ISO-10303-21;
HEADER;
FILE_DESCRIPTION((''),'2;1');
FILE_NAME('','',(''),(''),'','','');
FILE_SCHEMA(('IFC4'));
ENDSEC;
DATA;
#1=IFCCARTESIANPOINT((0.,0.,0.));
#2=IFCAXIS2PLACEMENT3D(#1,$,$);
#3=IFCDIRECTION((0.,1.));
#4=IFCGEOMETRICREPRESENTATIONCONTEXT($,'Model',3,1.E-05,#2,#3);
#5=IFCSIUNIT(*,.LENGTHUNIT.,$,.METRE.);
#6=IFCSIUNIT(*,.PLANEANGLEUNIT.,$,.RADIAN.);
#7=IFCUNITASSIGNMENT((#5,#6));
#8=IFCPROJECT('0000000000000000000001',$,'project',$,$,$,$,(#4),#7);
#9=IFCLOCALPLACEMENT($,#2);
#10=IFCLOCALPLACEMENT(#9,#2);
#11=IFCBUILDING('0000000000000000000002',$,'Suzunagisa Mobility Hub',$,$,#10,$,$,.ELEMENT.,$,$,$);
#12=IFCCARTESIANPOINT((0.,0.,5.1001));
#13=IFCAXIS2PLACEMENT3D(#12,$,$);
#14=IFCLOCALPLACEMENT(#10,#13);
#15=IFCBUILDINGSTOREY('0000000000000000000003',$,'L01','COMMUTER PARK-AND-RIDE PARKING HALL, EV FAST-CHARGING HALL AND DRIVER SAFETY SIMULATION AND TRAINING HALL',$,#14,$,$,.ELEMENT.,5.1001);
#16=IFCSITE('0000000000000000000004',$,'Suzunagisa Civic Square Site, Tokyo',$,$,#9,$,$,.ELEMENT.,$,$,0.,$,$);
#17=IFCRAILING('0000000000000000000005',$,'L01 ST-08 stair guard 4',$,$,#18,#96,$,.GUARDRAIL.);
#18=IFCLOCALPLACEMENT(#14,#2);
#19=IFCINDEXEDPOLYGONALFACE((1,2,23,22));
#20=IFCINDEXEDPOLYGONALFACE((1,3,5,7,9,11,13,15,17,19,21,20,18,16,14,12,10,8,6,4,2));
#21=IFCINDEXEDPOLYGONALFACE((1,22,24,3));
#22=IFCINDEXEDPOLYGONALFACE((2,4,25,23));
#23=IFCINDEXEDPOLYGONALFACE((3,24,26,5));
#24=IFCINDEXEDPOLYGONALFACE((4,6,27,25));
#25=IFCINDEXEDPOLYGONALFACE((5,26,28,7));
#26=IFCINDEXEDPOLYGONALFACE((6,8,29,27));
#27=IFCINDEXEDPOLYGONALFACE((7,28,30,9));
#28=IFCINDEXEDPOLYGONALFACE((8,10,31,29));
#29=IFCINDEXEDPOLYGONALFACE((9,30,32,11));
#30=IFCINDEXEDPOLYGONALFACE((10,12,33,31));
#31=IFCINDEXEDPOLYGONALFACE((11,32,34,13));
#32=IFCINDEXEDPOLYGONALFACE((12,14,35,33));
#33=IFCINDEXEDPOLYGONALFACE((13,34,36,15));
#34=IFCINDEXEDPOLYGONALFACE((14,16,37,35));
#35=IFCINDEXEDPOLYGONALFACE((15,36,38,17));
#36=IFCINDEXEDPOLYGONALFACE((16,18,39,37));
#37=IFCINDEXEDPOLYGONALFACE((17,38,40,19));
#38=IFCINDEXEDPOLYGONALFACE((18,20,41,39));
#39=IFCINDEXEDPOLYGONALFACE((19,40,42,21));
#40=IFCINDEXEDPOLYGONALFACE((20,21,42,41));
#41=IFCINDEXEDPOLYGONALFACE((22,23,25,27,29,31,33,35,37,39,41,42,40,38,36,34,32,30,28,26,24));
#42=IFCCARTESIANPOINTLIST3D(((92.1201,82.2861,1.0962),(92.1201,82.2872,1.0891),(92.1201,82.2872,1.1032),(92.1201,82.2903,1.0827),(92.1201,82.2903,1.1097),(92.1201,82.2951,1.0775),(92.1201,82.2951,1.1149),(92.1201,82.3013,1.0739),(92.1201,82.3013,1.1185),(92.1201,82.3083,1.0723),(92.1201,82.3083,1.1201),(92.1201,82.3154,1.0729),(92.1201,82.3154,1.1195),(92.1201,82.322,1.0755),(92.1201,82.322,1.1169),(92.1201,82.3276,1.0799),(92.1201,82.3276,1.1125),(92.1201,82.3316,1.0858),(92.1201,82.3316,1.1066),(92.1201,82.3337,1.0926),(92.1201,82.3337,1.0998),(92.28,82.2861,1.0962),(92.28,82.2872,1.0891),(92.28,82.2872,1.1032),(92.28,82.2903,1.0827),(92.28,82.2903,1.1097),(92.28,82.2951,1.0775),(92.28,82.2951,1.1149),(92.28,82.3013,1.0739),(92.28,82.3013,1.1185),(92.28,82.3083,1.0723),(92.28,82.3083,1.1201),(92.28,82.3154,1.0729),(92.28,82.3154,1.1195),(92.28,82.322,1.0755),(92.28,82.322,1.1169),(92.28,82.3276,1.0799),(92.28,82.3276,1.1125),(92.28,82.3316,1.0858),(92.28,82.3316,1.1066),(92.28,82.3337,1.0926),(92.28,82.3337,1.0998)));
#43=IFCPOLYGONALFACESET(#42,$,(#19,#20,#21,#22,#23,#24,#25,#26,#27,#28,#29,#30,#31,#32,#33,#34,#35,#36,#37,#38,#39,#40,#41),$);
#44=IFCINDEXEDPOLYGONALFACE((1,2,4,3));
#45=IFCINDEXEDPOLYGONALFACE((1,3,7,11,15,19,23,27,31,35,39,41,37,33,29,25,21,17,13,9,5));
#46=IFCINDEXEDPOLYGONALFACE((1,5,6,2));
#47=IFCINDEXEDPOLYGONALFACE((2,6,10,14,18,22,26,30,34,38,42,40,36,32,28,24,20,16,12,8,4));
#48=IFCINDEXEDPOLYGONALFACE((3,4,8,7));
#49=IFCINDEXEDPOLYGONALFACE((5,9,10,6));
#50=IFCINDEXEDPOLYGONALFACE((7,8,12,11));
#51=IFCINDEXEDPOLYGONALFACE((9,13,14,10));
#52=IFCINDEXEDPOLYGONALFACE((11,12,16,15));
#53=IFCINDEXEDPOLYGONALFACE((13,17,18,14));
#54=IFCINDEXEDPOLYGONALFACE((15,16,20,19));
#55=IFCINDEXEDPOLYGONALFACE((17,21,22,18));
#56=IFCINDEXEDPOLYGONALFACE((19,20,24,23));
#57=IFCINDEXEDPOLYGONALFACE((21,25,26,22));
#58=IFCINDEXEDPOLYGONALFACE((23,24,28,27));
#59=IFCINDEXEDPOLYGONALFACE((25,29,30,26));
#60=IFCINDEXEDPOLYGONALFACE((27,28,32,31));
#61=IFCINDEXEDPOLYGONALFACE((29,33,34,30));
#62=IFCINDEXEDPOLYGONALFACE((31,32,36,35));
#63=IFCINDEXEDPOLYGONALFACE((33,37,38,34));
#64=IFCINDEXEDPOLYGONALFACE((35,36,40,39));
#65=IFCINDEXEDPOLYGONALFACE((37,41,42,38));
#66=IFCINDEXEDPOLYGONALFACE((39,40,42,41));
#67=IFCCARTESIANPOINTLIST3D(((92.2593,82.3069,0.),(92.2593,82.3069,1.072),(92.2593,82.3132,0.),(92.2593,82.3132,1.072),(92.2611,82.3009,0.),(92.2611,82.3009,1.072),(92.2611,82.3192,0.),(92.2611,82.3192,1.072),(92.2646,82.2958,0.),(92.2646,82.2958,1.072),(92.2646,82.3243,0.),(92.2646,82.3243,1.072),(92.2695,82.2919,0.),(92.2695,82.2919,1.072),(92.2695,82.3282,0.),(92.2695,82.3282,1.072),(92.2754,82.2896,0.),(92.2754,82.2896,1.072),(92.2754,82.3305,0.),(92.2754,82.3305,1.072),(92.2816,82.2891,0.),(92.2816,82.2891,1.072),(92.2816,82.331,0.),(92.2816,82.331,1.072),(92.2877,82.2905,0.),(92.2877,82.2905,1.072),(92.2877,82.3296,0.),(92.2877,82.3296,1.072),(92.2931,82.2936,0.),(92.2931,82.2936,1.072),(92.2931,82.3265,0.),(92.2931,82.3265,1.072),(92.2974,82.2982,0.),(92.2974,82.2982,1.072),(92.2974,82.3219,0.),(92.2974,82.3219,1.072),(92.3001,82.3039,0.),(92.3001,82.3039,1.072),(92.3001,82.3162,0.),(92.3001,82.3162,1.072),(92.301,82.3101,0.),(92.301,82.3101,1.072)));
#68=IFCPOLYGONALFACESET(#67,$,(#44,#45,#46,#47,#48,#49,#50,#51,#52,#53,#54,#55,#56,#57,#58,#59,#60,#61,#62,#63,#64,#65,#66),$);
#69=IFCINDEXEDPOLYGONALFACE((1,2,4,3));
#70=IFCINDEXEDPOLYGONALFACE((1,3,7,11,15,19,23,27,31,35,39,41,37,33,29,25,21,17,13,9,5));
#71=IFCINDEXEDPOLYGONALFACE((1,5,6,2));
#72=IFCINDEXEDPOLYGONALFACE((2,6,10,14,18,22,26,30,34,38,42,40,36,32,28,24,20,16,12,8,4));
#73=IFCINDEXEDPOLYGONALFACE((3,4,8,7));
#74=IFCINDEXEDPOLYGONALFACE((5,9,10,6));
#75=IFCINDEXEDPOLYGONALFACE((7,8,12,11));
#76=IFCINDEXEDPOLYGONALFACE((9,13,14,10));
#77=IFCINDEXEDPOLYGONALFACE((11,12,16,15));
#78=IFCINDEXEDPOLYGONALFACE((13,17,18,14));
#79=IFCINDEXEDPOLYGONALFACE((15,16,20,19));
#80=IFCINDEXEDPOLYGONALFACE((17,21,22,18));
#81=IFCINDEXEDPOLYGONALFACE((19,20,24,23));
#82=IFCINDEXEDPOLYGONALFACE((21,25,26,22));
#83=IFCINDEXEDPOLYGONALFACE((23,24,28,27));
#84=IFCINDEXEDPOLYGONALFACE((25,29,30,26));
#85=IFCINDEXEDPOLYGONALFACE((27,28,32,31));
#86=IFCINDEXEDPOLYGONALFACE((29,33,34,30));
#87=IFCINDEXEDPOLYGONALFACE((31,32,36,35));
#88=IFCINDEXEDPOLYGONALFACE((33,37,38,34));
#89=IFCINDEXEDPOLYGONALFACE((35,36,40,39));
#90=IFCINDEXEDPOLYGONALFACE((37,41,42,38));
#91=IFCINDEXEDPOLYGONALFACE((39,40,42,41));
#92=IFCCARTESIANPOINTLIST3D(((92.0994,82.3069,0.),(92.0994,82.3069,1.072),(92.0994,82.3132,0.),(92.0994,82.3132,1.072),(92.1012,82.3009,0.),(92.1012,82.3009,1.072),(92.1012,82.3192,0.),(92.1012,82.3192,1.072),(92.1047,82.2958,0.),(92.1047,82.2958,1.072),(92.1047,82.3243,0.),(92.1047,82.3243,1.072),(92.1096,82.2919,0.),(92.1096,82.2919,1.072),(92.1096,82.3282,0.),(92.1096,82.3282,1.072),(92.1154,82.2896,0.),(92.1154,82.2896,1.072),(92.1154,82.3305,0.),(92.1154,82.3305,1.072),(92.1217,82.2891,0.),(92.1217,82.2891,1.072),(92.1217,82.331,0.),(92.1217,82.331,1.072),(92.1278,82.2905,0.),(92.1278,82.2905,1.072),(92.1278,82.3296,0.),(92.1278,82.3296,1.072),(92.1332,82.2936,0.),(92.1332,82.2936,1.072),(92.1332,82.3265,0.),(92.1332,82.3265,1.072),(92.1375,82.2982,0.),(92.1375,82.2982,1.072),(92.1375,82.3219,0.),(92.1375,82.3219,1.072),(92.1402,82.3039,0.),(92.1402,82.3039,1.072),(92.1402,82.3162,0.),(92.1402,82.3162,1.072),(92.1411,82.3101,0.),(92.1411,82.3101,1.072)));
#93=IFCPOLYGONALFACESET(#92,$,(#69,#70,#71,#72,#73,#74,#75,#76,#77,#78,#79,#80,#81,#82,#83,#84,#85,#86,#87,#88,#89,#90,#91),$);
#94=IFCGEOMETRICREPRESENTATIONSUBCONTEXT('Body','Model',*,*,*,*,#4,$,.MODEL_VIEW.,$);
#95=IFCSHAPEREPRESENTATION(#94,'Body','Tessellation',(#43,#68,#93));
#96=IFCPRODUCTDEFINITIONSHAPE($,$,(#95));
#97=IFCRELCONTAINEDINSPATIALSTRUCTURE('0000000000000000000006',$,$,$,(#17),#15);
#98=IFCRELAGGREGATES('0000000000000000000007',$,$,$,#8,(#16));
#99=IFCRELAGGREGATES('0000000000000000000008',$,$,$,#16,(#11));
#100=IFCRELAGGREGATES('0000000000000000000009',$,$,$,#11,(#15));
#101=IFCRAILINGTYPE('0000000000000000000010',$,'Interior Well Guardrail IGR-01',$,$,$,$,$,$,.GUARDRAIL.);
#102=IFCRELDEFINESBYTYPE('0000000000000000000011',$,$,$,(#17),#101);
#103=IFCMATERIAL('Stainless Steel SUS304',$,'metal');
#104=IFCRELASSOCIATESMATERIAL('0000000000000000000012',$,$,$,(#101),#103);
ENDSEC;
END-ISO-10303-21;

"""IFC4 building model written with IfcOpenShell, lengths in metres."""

from ifc_helpers import new_model, si_unit, direction, frame, origin, origin_2d, place, context, subcontext, project, spatial, circle, extrude, material, type_object, element, save


model = new_model("IFC4")

# Units and contexts
model_context = context("Model", 3, precision=1e-05, world=origin(), true_north=direction((0.0, 1.0)))
body_context = subcontext(model_context, "Body", "Model", "MODEL_VIEW")
ifc_project = project(units=[si_unit("LENGTHUNIT", "METRE"), si_unit("PLANEANGLEUNIT", "RADIAN")], contexts=[model_context])

# Site, building, storey
site_placement = place(None, origin())
site = spatial("IfcSite", under=ifc_project, at=site_placement, Name="Suzunagisa Civic Square Site, Tokyo", CompositionType="ELEMENT", RefElevation=0.0)
building_placement = place(site_placement, origin())
building = spatial("IfcBuilding", under=site, at=building_placement, Name="Suzunagisa Mobility Hub", CompositionType="ELEMENT")
storey_placement = place(building_placement, frame((0.0, 0.0, 5.1001)))
storey = spatial("IfcBuildingStorey", under=building, at=storey_placement, Name="L01", Description="COMMUTER PARK-AND-RIDE PARKING HALL, EV FAST-CHARGING HALL AND DRIVER SAFETY SIMULATION AND TRAINING HALL", CompositionType="ELEMENT", Elevation=5.1001)

# Railing
ifc_material_1 = material(Name="Stainless Steel SUS304", Category="metal")
railing_type_1 = type_object("IfcRailingType", Name="Interior Well Guardrail IGR-01", PredefinedType="GUARDRAIL", material=ifc_material_1)
railing_1_placement = place(storey_placement, frame((92.28, 82.3101, 0.0)))
element("IfcRailing", 1, at=railing_1_placement, inside=storey, type_object=railing_type_1, Name="L01 ST-08 stair guard 4", PredefinedType="GUARDRAIL", context=body_context, shape_type="SweptSolid", body=[
    extrude(circle(Radius=0.0239, at=origin_2d()), frame((0.0, 0.0, 1.0962), z_axis=(-1.0, 0.0, 0.0), x_axis=(0.0, -1.0, 0.0)), (0.0, 0.0, 1.0), 0.1599),
    extrude(circle(Radius=0.021, at=origin_2d()), origin(), (0.0, 0.0, 1.0), 1.072),
    extrude(circle(Radius=0.021, at=origin_2d()), frame((-0.1599, 0.0, 0.0)), (0.0, 0.0, 1.0), 1.072),
])

save(model, "model.ifc")
